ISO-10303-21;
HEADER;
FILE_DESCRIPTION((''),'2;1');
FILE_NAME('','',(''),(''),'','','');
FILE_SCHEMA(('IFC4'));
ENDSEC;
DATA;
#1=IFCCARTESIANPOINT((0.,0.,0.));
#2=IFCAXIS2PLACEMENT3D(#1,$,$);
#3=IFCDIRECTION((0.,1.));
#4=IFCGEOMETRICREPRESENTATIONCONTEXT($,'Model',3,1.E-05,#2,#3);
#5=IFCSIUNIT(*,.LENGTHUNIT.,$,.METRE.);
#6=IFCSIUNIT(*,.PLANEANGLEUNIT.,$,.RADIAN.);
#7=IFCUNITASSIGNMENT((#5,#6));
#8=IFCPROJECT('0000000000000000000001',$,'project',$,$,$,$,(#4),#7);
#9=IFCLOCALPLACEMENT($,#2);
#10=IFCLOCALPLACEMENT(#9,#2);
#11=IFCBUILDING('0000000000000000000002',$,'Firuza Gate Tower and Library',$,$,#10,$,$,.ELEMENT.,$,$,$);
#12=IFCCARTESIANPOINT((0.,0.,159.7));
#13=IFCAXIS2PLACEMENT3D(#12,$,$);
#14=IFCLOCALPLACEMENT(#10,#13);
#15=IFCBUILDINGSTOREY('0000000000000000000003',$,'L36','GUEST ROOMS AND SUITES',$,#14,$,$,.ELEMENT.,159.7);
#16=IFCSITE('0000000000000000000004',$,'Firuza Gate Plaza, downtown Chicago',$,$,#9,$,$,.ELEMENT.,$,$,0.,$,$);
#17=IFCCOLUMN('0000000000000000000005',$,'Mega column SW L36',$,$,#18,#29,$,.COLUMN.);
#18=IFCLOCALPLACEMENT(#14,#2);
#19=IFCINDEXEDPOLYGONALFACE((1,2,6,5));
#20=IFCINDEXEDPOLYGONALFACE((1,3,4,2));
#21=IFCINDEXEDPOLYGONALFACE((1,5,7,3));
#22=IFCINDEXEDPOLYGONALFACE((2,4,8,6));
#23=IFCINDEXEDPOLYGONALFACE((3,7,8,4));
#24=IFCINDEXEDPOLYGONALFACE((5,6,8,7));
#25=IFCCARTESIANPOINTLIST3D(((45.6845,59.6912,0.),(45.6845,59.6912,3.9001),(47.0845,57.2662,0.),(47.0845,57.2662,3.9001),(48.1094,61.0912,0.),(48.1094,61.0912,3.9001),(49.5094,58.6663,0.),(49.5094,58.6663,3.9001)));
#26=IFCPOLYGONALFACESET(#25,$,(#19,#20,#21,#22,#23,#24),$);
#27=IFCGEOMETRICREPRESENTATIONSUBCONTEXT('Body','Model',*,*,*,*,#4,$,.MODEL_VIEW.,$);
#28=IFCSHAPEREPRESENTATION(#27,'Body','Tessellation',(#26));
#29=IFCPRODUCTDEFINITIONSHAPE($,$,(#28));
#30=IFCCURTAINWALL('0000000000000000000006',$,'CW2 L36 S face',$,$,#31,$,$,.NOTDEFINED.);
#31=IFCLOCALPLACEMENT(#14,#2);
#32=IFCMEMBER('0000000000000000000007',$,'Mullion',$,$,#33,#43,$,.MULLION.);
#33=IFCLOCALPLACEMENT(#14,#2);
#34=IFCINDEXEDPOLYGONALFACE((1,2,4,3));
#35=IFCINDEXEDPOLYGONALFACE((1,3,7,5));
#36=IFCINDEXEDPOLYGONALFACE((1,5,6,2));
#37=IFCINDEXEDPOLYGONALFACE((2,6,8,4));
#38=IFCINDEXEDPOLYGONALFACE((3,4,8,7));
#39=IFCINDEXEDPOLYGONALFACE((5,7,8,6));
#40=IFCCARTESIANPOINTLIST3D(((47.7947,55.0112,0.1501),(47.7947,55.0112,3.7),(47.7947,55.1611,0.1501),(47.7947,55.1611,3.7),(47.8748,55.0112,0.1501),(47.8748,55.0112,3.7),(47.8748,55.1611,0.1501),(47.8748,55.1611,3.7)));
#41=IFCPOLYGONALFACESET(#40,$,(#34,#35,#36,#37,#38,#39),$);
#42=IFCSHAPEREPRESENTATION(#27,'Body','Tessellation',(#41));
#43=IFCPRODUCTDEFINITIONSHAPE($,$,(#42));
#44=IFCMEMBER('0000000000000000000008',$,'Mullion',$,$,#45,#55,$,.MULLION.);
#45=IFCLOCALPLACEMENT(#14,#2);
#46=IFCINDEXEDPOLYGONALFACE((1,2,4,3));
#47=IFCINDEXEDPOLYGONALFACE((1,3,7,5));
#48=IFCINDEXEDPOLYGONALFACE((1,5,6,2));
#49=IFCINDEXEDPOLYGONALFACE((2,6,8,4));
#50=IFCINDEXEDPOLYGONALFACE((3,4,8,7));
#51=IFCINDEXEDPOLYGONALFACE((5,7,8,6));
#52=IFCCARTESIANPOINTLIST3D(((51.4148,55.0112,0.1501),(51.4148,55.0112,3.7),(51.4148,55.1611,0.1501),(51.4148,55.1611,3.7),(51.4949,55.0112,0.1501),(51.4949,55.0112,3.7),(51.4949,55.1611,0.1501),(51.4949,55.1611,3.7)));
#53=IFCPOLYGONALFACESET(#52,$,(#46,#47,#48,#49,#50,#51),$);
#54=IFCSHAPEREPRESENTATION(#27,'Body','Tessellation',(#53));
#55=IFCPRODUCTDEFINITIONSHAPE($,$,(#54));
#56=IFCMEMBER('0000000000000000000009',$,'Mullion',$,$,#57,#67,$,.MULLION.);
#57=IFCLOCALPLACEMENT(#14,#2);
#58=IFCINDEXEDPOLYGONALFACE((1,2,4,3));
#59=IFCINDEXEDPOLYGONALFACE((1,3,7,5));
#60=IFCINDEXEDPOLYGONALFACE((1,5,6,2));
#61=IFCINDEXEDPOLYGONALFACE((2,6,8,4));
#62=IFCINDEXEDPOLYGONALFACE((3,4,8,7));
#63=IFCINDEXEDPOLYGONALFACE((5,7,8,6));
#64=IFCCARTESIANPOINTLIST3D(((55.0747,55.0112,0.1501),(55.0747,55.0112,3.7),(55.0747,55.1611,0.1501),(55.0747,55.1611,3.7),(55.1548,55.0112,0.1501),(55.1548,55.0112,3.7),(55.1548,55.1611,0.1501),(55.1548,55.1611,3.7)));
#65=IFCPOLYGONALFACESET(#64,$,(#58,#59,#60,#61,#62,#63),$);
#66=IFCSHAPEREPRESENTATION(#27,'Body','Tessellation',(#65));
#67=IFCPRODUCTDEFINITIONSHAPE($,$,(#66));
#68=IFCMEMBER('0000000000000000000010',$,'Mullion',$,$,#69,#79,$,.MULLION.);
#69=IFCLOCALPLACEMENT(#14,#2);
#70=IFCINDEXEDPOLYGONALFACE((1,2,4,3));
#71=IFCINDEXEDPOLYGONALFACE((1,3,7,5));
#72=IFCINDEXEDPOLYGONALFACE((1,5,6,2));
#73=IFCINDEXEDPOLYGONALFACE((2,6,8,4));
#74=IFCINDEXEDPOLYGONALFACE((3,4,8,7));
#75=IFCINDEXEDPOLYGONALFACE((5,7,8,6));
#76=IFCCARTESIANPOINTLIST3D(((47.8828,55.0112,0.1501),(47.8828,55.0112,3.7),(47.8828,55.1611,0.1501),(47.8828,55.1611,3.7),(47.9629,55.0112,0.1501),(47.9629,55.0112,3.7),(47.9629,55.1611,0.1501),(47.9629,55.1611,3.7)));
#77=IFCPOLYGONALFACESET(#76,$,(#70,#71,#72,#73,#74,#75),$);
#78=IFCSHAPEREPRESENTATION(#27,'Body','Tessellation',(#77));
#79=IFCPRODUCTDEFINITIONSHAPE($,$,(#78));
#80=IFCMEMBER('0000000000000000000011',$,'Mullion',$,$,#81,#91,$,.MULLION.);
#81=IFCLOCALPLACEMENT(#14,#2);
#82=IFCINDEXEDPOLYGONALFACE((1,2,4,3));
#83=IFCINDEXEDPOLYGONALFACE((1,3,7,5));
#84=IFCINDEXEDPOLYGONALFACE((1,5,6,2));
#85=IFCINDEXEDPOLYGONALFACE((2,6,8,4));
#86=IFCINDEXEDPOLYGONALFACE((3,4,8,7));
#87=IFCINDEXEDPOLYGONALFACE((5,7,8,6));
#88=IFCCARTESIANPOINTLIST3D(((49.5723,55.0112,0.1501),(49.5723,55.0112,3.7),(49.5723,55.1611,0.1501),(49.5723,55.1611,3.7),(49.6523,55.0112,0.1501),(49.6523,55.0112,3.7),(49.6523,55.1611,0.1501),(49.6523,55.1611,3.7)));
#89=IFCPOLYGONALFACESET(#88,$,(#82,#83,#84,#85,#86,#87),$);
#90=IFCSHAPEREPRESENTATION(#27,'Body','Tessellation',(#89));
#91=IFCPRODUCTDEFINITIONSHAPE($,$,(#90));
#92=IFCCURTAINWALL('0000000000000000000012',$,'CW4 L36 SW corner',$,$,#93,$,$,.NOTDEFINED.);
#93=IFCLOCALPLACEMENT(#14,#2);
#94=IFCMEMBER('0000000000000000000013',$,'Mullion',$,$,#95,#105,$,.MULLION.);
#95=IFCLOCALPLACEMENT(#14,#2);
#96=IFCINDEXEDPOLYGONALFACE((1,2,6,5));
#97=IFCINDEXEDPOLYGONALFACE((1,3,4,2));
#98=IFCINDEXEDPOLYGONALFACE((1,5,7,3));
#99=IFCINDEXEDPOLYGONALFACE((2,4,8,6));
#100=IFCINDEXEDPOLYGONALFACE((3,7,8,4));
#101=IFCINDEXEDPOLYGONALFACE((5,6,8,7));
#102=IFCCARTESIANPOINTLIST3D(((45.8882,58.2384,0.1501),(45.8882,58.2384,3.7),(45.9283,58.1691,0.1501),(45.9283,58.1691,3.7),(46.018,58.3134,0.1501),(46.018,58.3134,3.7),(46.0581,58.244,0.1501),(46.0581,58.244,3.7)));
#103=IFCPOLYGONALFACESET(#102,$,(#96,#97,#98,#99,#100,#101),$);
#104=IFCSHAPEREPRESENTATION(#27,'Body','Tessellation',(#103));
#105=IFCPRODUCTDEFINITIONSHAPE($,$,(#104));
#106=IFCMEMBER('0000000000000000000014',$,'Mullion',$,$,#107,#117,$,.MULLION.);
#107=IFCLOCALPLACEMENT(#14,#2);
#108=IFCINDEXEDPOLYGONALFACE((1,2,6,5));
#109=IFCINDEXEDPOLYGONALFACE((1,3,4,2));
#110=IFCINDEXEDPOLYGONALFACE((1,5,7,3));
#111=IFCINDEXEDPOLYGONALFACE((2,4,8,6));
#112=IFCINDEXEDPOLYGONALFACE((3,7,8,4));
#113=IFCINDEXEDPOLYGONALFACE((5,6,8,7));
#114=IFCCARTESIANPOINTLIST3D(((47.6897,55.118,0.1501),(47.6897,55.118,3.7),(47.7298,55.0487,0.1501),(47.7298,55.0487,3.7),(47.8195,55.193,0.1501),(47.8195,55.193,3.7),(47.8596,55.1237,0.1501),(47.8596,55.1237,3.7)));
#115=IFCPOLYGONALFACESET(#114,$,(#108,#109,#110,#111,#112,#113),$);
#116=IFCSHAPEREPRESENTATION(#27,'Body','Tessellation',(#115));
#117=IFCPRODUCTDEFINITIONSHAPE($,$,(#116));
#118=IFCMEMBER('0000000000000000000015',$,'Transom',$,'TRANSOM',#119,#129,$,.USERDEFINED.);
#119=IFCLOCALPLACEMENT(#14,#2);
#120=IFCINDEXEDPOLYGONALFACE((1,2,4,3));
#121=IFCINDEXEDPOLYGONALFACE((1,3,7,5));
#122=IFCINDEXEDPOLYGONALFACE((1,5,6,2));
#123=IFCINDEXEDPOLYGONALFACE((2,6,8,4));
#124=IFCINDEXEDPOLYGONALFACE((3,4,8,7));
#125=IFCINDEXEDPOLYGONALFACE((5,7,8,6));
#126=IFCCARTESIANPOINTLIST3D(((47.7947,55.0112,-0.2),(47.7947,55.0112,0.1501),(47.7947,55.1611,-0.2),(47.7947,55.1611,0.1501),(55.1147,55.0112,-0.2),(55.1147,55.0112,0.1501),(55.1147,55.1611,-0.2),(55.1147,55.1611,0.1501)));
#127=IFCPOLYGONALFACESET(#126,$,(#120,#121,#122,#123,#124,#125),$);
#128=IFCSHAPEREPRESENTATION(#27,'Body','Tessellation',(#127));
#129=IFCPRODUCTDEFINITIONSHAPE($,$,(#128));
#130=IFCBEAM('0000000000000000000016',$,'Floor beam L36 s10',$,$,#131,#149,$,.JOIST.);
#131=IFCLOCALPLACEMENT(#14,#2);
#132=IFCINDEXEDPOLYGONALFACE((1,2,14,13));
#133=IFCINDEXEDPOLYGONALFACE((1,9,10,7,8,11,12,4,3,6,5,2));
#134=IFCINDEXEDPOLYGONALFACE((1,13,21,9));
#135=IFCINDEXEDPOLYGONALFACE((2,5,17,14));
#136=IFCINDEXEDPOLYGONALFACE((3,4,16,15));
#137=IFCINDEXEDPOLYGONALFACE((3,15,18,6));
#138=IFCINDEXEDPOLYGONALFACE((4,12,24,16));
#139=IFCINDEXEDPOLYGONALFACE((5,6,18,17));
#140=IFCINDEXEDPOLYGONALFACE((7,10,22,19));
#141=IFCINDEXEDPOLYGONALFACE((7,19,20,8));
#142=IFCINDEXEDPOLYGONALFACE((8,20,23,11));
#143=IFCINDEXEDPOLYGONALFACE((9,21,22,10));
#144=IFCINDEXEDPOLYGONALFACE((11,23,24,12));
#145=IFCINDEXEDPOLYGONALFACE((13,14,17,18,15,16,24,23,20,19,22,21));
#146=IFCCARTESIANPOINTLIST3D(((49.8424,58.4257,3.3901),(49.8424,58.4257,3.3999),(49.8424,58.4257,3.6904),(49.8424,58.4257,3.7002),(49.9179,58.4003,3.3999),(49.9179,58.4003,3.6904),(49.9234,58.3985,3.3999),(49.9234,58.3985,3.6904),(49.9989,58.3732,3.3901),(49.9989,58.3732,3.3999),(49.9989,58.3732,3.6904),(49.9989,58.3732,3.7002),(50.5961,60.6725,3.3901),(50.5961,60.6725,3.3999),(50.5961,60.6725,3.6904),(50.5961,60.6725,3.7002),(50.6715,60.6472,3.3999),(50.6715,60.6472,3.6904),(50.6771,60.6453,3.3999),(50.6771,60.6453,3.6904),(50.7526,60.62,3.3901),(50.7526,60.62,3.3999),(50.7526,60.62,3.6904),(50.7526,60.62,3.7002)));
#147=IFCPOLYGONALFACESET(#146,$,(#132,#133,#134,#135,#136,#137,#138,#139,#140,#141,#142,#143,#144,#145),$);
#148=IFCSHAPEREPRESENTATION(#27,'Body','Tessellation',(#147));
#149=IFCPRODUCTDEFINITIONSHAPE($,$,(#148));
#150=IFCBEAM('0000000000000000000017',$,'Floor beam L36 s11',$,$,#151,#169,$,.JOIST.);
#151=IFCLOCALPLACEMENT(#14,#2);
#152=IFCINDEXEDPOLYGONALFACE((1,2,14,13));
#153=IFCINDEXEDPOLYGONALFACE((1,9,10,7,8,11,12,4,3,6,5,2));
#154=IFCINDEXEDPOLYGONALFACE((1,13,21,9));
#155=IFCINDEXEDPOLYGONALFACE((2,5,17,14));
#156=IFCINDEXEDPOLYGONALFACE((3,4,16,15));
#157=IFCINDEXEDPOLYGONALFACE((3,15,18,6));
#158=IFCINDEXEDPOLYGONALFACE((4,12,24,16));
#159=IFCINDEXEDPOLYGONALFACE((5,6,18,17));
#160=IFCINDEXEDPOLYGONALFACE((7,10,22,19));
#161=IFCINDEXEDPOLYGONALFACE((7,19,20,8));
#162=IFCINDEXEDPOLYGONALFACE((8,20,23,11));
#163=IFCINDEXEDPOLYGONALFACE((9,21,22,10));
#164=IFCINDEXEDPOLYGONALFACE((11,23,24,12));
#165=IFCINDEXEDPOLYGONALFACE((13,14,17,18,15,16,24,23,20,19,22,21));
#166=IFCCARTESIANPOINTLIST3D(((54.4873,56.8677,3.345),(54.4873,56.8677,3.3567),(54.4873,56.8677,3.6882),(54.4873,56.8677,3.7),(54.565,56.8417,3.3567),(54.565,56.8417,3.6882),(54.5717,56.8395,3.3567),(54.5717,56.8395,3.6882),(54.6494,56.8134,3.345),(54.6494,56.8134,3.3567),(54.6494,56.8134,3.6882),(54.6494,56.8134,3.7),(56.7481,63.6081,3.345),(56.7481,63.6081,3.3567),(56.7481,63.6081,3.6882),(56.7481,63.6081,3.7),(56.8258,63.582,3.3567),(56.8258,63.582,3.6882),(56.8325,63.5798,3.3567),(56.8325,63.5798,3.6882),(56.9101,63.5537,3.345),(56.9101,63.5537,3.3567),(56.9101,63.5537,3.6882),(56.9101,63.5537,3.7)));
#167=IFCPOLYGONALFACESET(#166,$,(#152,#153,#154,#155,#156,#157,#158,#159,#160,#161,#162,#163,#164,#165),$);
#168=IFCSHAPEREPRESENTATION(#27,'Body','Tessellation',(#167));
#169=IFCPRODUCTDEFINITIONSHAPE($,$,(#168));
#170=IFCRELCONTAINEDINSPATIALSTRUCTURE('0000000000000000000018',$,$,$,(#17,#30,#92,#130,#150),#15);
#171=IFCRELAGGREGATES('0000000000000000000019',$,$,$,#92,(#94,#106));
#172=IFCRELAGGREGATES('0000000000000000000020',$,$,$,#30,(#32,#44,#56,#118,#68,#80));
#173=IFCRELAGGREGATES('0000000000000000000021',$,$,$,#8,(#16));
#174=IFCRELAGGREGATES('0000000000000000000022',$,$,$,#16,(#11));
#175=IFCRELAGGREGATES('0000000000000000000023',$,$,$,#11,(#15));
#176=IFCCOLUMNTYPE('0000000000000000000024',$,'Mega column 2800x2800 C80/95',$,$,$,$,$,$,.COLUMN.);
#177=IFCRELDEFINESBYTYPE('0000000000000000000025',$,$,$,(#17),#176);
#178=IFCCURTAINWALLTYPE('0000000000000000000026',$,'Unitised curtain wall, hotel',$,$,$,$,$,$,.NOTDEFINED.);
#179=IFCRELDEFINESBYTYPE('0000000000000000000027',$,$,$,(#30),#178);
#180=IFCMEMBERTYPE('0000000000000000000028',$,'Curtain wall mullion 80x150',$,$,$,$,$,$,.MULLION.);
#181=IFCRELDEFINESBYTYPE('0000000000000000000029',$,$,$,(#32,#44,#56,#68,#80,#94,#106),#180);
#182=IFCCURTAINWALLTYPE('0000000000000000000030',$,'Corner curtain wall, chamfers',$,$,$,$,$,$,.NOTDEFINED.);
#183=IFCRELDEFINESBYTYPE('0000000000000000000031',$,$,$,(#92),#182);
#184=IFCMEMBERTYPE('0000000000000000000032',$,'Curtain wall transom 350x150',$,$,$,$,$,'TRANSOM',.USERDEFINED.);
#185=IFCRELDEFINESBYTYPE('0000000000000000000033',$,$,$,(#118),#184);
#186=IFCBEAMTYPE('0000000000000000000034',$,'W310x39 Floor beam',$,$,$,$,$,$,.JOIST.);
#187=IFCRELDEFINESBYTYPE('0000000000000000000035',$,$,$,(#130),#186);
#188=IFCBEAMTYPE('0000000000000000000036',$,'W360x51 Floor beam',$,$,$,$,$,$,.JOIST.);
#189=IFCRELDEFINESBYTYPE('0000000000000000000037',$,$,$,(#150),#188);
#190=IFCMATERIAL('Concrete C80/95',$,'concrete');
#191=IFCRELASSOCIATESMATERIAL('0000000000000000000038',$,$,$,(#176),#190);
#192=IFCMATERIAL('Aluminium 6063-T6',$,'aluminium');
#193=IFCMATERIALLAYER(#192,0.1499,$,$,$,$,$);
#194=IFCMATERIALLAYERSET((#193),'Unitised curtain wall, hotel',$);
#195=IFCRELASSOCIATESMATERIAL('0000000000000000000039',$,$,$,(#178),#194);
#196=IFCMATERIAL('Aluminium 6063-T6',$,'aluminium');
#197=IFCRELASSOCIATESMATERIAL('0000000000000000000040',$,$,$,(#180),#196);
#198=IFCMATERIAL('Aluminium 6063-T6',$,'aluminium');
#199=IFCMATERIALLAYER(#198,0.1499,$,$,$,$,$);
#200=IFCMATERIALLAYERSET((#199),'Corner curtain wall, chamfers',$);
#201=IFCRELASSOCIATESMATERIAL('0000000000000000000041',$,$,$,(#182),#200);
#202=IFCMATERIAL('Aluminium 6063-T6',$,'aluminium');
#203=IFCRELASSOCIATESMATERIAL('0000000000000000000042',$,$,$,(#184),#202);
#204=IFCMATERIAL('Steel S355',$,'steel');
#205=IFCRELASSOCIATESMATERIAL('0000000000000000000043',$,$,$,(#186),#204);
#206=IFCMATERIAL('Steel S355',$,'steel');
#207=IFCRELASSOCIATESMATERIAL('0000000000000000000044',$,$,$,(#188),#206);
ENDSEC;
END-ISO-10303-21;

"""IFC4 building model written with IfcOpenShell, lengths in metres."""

from ifc_helpers import new_model, si_unit, direction, frame, origin, origin_2d, place, context, subcontext, project, spatial, rectangle, i_section, extrude, material, layer, layer_set, material_profile, profile_set, type_object, element, aggregate, save


model = new_model("IFC4")

# Units and contexts
model_context = context("Model", 3, precision=1e-05, world=origin(), true_north=direction((0.0, 1.0)))
body_context = subcontext(model_context, "Body", "Model", "MODEL_VIEW")
ifc_project = project(units=[si_unit("LENGTHUNIT", "METRE"), si_unit("PLANEANGLEUNIT", "RADIAN")], contexts=[model_context])

# Site, building, storey
site_placement = place(None, origin())
site = spatial("IfcSite", under=ifc_project, at=site_placement, Name="Firuza Gate Plaza, downtown Chicago", CompositionType="ELEMENT", RefElevation=0.0)
building_placement = place(site_placement, origin())
building = spatial("IfcBuilding", under=site, at=building_placement, Name="Firuza Gate Tower and Library", CompositionType="ELEMENT")
storey_placement = place(building_placement, frame((0.0, 0.0, 159.7)))
storey = spatial("IfcBuildingStorey", under=building, at=storey_placement, Name="L36", Description="GUEST ROOMS AND SUITES", CompositionType="ELEMENT", Elevation=159.7)

# Column
ifc_material_1 = material(Name="Concrete C80/95", Category="concrete")
ifc_material_profile_1 = material_profile(ifc_material_1, rectangle(XDim=2.8, YDim=2.8, at=origin_2d()))
ifc_profile_set_1 = profile_set([ifc_material_profile_1], Name="Concrete C80/95")
column_type = type_object("IfcColumnType", Name="Mega column 2800x2800 C80/95", PredefinedType="COLUMN", material=ifc_profile_set_1)
column_placement = place(storey_placement, frame((47.5969, 59.1787, 0.0), z_axis=(0.0, 0.0, 1.0), x_axis=(0.5, -0.866025, 0.0)))
element("IfcColumn", 1, at=column_placement, inside=storey, type_object=column_type, Name="Mega column SW L36", PredefinedType="COLUMN", context=body_context, shape_type="SweptSolid", body=[
    extrude(rectangle(XDim=2.8, YDim=2.8, at=origin_2d()), origin(), (0.0, 0.0, 1.0), 3.9001),
])

# Curtain walls, members
ifc_material_2 = material(Name="Aluminium 6063-T6", Category="aluminium")
ifc_layer_1 = layer(ifc_material_2, 0.1499)
ifc_layer_set_1 = layer_set([ifc_layer_1], Name="Unitised curtain wall, hotel")
curtain_wall_type_1 = type_object("IfcCurtainWallType", Name="Unitised curtain wall, hotel", PredefinedType="NOTDEFINED", material=ifc_layer_set_1)
placement_1 = place(storey_placement, origin())
curtain_wall_1 = element("IfcCurtainWall", 2, at=placement_1, inside=storey, type_object=curtain_wall_type_1, Name="CW2 L36 S face", PredefinedType="NOTDEFINED")
ifc_material_3 = material(Name="Aluminium 6063-T6", Category="aluminium")
ifc_material_profile_2 = material_profile(ifc_material_3, rectangle(XDim=0.1499, YDim=0.0801, at=origin_2d()))
ifc_profile_set_2 = profile_set([ifc_material_profile_2], Name="Aluminium 6063-T6")
member_type_1 = type_object("IfcMemberType", Name="Curtain wall mullion 80x150", PredefinedType="MULLION", material=ifc_profile_set_2)
member_1_placement = place(storey_placement, frame((47.8347, 55.0862, 0.1501), z_axis=(0.0, 0.0, 1.0), x_axis=(0.0, 1.0, 0.0)))
member_1 = element("IfcMember", 3, at=member_1_placement, type_object=member_type_1, Name="Mullion", PredefinedType="MULLION", context=body_context, shape_type="SweptSolid", body=[
    extrude(rectangle(XDim=0.1499, YDim=0.0801, at=origin_2d()), origin(), (0.0, 0.0, 1.0), 3.5498),
])
member_2_placement = place(storey_placement, frame((51.4548, 55.0862, 0.1501), z_axis=(0.0, 0.0, 1.0), x_axis=(0.0, 1.0, 0.0)))
member_2 = element("IfcMember", 4, at=member_2_placement, type_object=member_type_1, Name="Mullion", PredefinedType="MULLION", context=body_context, shape_type="SweptSolid", body=[
    extrude(rectangle(XDim=0.1499, YDim=0.0801, at=origin_2d()), origin(), (0.0, 0.0, 1.0), 3.5498),
])
member_3_placement = place(storey_placement, frame((55.1147, 55.0862, 0.1501), z_axis=(0.0, 0.0, 1.0), x_axis=(0.0, 1.0, 0.0)))
member_3 = element("IfcMember", 5, at=member_3_placement, type_object=member_type_1, Name="Mullion", PredefinedType="MULLION", context=body_context, shape_type="SweptSolid", body=[
    extrude(rectangle(XDim=0.1499, YDim=0.0801, at=origin_2d()), origin(), (0.0, 0.0, 1.0), 3.5498),
])
member_4_placement = place(storey_placement, frame((47.9229, 55.0862, 0.1501), z_axis=(0.0, 0.0, 1.0), x_axis=(0.0, 1.0, 0.0)))
member_4 = element("IfcMember", 6, at=member_4_placement, type_object=member_type_1, Name="Mullion", PredefinedType="MULLION", context=body_context, shape_type="SweptSolid", body=[
    extrude(rectangle(XDim=0.1499, YDim=0.0801, at=origin_2d()), origin(), (0.0, 0.0, 1.0), 3.5498),
])
member_5_placement = place(storey_placement, frame((49.6123, 55.0862, 0.1501), z_axis=(0.0, 0.0, 1.0), x_axis=(0.0, 1.0, 0.0)))
member_5 = element("IfcMember", 7, at=member_5_placement, type_object=member_type_1, Name="Mullion", PredefinedType="MULLION", context=body_context, shape_type="SweptSolid", body=[
    extrude(rectangle(XDim=0.1499, YDim=0.0801, at=origin_2d()), origin(), (0.0, 0.0, 1.0), 3.5498),
])
ifc_material_4 = material(Name="Aluminium 6063-T6", Category="aluminium")
ifc_layer_2 = layer(ifc_material_4, 0.1499)
ifc_layer_set_2 = layer_set([ifc_layer_2], Name="Corner curtain wall, chamfers")
curtain_wall_type_2 = type_object("IfcCurtainWallType", Name="Corner curtain wall, chamfers", PredefinedType="NOTDEFINED", material=ifc_layer_set_2)
curtain_wall_2 = element("IfcCurtainWall", 8, at=placement_1, inside=storey, type_object=curtain_wall_type_2, Name="CW4 L36 SW corner", PredefinedType="NOTDEFINED")
member_6_placement = place(storey_placement, frame((45.9731, 58.2412, 0.1501), z_axis=(0.0, 0.0, 1.0), x_axis=(0.866025, 0.5, 0.0)))
member_6 = element("IfcMember", 9, at=member_6_placement, type_object=member_type_1, Name="Mullion", PredefinedType="MULLION", context=body_context, shape_type="SweptSolid", body=[
    extrude(rectangle(XDim=0.1499, YDim=0.0801, at=origin_2d()), origin(), (0.0, 0.0, 1.0), 3.5498),
])
member_7_placement = place(storey_placement, frame((47.7747, 55.1208, 0.1501), z_axis=(0.0, 0.0, 1.0), x_axis=(0.866025, 0.5, 0.0)))
member_7 = element("IfcMember", 10, at=member_7_placement, type_object=member_type_1, Name="Mullion", PredefinedType="MULLION", context=body_context, shape_type="SweptSolid", body=[
    extrude(rectangle(XDim=0.1499, YDim=0.0801, at=origin_2d()), origin(), (0.0, 0.0, 1.0), 3.5498),
])

# Member
ifc_material_5 = material(Name="Aluminium 6063-T6", Category="aluminium")
ifc_material_profile_3 = material_profile(ifc_material_5, rectangle(XDim=0.1499, YDim=0.3501, at=origin_2d()))
ifc_profile_set_3 = profile_set([ifc_material_profile_3], Name="Aluminium 6063-T6")
member_type_2 = type_object("IfcMemberType", Name="Curtain wall transom 350x150", ElementType="TRANSOM", PredefinedType="USERDEFINED", material=ifc_profile_set_3)
member_8_placement = place(storey_placement, frame((47.7947, 55.0862, -0.0249), z_axis=(1.0, 0.0, 0.0), x_axis=(0.0, 1.0, 0.0)))
member_8 = element("IfcMember", 11, at=member_8_placement, type_object=member_type_2, Name="Transom", ObjectType="TRANSOM", PredefinedType="USERDEFINED", context=body_context, shape_type="SweptSolid", body=[
    extrude(rectangle(XDim=0.1499, YDim=0.3501, at=origin_2d()), origin(), (0.0, 0.0, 1.0), 7.3201),
])

# Beams
ifc_material_6 = material(Name="Steel S355", Category="steel")
ifc_material_profile_4 = material_profile(ifc_material_6, i_section(OverallWidth=0.165, OverallDepth=0.3101, WebThickness=0.0059, FlangeThickness=0.0098, at=origin_2d()))
ifc_profile_set_4 = profile_set([ifc_material_profile_4], Name="Steel S355")
beam_type_1 = type_object("IfcBeamType", Name="W310x39 Floor beam", PredefinedType="JOIST", material=ifc_profile_set_4)
beam_1_placement = place(storey_placement, frame((49.9207, 58.3994, 3.5452), z_axis=(0.31802, 0.948084, 0.0), x_axis=(-0.948084, 0.31802, 0.0)))
element("IfcBeam", 12, at=beam_1_placement, inside=storey, type_object=beam_type_1, Name="Floor beam L36 s10", PredefinedType="JOIST", context=body_context, shape_type="SweptSolid", body=[
    extrude(i_section(OverallWidth=0.165, OverallDepth=0.3101, WebThickness=0.0059, FlangeThickness=0.0098, at=origin_2d()), origin(), (0.0, 0.0, 1.0), 2.3699),
])
ifc_material_7 = material(Name="Steel S355", Category="steel")
ifc_material_profile_5 = material_profile(ifc_material_7, i_section(OverallWidth=0.1709, OverallDepth=0.355, WebThickness=0.0071, FlangeThickness=0.0117, at=origin_2d()))
ifc_profile_set_5 = profile_set([ifc_material_profile_5], Name="Steel S355")
beam_type_2 = type_object("IfcBeamType", Name="W360x51 Floor beam", PredefinedType="JOIST", material=ifc_profile_set_5)
beam_2_placement = place(storey_placement, frame((54.5684, 56.8406, 3.5225), z_axis=(0.317999, 0.948091, 0.0), x_axis=(-0.948091, 0.317999, 0.0)))
element("IfcBeam", 13, at=beam_2_placement, inside=storey, type_object=beam_type_2, Name="Floor beam L36 s11", PredefinedType="JOIST", context=body_context, shape_type="SweptSolid", body=[
    extrude(i_section(OverallWidth=0.1709, OverallDepth=0.355, WebThickness=0.0071, FlangeThickness=0.0117, at=origin_2d()), origin(), (0.0, 0.0, 1.0), 7.1094),
])

aggregate(curtain_wall_2, [member_6, member_7])
aggregate(curtain_wall_1, [member_1, member_2, member_3, member_8, member_4, member_5])

save(model, "model.ifc")
